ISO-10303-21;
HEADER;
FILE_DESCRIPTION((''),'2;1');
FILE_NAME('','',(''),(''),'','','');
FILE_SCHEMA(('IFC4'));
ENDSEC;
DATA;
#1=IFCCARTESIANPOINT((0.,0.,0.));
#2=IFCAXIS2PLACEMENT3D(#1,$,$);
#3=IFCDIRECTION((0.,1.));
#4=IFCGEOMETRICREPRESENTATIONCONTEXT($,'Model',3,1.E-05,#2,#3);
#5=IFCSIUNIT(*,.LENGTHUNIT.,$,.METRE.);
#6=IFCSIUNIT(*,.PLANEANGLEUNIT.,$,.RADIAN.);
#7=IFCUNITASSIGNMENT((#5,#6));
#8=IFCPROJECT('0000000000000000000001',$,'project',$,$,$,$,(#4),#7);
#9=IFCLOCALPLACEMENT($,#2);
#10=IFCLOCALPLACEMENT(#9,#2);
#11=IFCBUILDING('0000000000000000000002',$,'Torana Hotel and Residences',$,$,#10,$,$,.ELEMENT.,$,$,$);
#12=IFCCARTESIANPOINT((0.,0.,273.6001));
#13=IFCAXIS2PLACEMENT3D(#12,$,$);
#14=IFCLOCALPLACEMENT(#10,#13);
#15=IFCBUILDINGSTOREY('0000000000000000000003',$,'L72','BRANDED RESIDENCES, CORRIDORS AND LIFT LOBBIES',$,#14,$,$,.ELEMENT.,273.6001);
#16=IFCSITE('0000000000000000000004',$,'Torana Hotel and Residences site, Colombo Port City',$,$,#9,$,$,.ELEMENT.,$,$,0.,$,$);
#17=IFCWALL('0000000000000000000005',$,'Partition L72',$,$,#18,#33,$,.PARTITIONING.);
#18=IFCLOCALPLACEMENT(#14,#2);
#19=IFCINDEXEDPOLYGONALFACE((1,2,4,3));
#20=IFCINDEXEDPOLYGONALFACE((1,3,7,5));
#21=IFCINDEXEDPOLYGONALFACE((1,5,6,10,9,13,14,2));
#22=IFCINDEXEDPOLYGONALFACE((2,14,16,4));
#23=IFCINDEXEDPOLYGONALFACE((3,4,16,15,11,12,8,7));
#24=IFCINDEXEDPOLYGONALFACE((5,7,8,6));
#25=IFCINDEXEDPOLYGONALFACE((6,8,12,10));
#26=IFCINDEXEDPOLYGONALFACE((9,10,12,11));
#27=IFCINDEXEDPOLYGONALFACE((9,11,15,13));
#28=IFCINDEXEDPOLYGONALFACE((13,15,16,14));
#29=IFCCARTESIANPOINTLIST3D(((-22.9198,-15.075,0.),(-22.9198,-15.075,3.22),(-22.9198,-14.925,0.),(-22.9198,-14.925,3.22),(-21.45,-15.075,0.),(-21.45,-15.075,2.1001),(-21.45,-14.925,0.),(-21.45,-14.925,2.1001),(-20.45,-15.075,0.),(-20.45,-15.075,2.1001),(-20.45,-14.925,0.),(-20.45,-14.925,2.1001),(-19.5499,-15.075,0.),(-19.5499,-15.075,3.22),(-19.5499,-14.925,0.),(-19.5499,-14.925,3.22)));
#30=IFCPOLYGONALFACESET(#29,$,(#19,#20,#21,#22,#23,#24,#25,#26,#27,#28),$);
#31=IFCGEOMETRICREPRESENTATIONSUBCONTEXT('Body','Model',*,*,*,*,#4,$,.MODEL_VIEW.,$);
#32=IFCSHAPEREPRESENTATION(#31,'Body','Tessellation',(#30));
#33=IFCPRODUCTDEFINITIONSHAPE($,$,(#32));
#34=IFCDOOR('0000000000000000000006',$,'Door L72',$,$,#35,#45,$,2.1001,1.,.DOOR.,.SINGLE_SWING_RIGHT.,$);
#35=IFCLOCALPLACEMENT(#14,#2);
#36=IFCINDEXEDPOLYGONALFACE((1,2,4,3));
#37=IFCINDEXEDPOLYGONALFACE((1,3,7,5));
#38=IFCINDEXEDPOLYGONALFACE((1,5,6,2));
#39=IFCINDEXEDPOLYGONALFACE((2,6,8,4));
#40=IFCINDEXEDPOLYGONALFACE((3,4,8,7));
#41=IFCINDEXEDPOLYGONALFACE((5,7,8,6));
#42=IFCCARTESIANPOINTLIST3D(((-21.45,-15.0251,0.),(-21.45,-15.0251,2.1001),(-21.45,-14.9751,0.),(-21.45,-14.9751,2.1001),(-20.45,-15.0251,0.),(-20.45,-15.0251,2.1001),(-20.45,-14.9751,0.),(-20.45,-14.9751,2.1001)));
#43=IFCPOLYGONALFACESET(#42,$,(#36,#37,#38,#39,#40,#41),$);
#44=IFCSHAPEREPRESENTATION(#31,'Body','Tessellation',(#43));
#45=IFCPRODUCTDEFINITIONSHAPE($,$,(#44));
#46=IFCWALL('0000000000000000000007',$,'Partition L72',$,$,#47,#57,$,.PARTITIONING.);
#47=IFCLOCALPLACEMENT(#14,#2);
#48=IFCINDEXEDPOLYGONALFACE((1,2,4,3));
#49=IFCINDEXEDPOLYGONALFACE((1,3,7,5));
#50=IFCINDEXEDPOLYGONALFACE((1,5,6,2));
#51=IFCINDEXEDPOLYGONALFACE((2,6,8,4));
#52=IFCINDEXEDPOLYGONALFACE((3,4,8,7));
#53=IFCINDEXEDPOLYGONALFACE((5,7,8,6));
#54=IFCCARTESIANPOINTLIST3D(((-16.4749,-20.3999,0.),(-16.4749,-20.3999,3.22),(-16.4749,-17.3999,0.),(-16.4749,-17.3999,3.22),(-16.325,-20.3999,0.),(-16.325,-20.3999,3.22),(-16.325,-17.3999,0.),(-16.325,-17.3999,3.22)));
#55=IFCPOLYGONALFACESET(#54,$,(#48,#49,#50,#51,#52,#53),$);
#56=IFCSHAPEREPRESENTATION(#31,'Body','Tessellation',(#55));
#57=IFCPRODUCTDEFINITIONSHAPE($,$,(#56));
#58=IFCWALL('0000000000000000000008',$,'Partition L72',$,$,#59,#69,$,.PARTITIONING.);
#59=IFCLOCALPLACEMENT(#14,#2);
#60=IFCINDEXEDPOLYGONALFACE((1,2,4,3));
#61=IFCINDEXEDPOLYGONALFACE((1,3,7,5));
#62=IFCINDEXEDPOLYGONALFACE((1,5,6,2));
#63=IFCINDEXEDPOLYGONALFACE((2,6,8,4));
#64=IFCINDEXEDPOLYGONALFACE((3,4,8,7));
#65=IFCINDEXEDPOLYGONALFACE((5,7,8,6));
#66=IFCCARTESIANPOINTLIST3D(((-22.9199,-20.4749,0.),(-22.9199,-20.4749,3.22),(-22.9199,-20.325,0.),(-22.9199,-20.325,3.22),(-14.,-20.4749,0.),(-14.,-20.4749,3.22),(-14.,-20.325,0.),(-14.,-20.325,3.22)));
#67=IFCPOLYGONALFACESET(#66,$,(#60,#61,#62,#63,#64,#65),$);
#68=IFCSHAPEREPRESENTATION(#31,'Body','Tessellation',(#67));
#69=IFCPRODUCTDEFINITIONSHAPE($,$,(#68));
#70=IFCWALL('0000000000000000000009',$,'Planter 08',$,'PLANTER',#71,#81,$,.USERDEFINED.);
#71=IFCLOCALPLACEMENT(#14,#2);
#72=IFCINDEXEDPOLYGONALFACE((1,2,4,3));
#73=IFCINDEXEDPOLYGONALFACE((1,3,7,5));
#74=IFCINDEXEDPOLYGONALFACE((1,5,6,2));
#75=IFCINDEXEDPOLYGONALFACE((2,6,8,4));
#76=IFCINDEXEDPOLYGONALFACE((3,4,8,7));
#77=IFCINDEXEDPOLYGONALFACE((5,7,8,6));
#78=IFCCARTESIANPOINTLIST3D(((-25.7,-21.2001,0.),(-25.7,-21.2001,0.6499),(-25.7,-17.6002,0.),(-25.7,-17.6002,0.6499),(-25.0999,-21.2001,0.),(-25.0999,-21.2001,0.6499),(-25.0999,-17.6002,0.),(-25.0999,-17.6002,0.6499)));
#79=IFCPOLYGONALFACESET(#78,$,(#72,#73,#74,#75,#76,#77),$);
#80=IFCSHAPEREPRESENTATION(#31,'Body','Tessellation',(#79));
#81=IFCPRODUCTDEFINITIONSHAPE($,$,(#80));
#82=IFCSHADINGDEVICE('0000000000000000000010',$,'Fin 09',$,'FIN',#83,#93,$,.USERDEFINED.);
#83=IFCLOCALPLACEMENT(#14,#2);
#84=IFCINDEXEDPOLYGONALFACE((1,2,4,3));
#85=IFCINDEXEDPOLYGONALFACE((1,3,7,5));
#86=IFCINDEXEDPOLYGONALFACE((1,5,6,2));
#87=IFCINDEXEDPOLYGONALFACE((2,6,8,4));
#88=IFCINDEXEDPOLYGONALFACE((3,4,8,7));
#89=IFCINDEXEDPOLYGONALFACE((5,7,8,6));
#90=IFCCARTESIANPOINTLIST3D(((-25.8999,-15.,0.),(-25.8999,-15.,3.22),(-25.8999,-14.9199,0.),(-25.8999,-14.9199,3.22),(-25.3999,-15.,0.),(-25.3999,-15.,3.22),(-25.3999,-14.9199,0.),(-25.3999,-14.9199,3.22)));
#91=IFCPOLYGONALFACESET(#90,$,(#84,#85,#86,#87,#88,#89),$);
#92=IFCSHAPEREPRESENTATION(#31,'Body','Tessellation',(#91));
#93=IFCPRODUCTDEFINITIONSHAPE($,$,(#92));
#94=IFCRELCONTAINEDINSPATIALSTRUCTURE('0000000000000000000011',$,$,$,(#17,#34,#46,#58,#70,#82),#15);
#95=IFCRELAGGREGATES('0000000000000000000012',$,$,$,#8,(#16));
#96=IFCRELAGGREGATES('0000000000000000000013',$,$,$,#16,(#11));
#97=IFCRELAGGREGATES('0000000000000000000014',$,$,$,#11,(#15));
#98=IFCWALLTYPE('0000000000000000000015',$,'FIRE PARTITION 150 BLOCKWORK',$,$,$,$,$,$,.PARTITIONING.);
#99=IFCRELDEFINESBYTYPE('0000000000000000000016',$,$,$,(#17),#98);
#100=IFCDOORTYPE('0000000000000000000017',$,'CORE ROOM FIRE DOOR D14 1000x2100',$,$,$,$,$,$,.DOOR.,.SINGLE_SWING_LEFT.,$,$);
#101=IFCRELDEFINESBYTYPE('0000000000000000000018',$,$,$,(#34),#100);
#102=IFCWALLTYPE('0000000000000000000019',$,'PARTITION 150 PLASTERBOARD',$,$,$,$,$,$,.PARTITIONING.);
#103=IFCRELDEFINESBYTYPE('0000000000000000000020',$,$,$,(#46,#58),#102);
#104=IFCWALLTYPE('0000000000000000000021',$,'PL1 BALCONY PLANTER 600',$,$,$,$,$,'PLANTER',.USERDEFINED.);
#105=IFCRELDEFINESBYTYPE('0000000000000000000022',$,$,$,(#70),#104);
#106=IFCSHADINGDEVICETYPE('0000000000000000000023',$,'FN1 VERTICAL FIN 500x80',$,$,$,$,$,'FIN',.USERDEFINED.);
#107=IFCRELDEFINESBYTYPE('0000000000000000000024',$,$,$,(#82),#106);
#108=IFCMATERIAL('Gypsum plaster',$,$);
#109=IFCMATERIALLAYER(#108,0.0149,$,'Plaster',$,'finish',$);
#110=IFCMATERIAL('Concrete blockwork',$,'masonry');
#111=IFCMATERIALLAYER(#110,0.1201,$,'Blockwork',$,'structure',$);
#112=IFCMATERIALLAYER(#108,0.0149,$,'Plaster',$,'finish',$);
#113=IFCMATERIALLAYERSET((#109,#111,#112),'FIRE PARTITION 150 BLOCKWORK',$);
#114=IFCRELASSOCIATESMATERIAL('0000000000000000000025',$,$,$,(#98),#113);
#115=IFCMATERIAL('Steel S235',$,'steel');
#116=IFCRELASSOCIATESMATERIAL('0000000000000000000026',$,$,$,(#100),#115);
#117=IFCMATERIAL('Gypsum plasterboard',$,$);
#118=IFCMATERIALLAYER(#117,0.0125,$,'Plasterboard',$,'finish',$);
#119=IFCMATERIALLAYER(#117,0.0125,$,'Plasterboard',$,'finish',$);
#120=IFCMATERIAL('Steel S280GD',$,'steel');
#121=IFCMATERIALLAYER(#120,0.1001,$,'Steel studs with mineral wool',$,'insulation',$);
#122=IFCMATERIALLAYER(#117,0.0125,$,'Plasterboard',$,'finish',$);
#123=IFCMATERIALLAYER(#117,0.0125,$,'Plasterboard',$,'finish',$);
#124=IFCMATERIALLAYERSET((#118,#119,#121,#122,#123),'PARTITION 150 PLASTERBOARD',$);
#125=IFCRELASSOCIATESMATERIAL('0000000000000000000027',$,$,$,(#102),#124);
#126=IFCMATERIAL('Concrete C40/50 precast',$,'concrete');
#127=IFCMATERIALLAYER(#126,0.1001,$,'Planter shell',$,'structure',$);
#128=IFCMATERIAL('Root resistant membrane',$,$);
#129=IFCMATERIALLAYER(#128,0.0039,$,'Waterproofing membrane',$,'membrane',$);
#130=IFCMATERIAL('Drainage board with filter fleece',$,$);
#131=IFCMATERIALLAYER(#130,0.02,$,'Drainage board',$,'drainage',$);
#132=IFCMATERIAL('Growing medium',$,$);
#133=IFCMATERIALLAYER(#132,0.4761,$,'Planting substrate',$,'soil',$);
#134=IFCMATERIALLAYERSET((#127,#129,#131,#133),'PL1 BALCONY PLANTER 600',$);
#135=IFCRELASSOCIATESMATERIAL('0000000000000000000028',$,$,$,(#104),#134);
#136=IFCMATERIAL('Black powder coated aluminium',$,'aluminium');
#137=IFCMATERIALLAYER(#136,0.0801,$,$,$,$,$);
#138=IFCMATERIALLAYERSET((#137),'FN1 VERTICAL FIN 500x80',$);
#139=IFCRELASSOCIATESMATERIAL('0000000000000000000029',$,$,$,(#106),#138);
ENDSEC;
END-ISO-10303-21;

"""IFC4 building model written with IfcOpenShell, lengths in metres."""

from ifc_helpers import new_model, si_unit, direction, frame, frame_2d, origin, origin_2d, place, context, subcontext, project, spatial, rectangle, extrude, material, layer, layer_set, type_object, element, fill, save


model = new_model("IFC4")

# Units and contexts
model_context = context("Model", 3, precision=1e-05, world=origin(), true_north=direction((0.0, 1.0)))
body_context = subcontext(model_context, "Body", "Model", "MODEL_VIEW")
ifc_project = project(units=[si_unit("LENGTHUNIT", "METRE"), si_unit("PLANEANGLEUNIT", "RADIAN")], contexts=[model_context])

# Site, building, storey
site_placement = place(None, origin())
site = spatial("IfcSite", under=ifc_project, at=site_placement, Name="Torana Hotel and Residences site, Colombo Port City", CompositionType="ELEMENT", RefElevation=0.0)
building_placement = place(site_placement, origin())
building = spatial("IfcBuilding", under=site, at=building_placement, Name="Torana Hotel and Residences", CompositionType="ELEMENT")
storey_placement = place(building_placement, frame((0.0, 0.0, 273.6001)))
storey = spatial("IfcBuildingStorey", under=building, at=storey_placement, Name="L72", Description="BRANDED RESIDENCES, CORRIDORS AND LIFT LOBBIES", CompositionType="ELEMENT", Elevation=273.6001)

# Shared definitions
ifc_material_1 = material(Name="Gypsum plaster")
ifc_layer_1 = layer(ifc_material_1, 0.0149, Name="Plaster", Category="finish")
ifc_material_2 = material(Name="Concrete blockwork", Category="masonry")
ifc_layer_2 = layer(ifc_material_2, 0.1201, Name="Blockwork", Category="structure")
ifc_layer_3 = layer(ifc_material_1, 0.0149, Name="Plaster", Category="finish")
ifc_layer_set_1 = layer_set([ifc_layer_1, ifc_layer_2, ifc_layer_3], Name="FIRE PARTITION 150 BLOCKWORK")
wall_type_1 = type_object("IfcWallType", Name="FIRE PARTITION 150 BLOCKWORK", PredefinedType="PARTITIONING", material=ifc_layer_set_1)

# Wall, opening, door
wall_1_placement = place(storey_placement, frame((-22.9199, -15.0, 0.0), z_axis=(0.0, 0.0, 1.0), x_axis=(1.0, 0.0, 0.0)))
wall_1 = element("IfcWall", 1, at=wall_1_placement, inside=storey, type_object=wall_type_1, Name="Partition L72", PredefinedType="PARTITIONING", context=body_context, shape_type="SweptSolid", body=[
    extrude(rectangle(XDim=3.3699, YDim=0.1499, at=frame_2d((1.6851, 0.0))), origin(), (0.0, 0.0, 1.0), 3.22),
])
opening_1_placement = place(wall_1_placement, frame((1.47, 0.0, 0.0)))
opening_1 = element("IfcOpeningElement", 2, at=opening_1_placement, cuts=wall_1, PredefinedType="OPENING", context=body_context, shape_type="SweptSolid", body=[
    extrude(rectangle(XDim=1.0, YDim=2.1001, at=frame_2d((0.5, 1.05))), frame((0.0, 0.085, 0.0), z_axis=(0.0, -1.0, 0.0), x_axis=(1.0, 0.0, 0.0)), (0.0, 0.0, 1.0), 0.1699),
])
ifc_material_3 = material(Name="Steel S235", Category="steel")
door_type_1 = type_object("IfcDoorType", Name="CORE ROOM FIRE DOOR D14 1000x2100", OperationType="SINGLE_SWING_LEFT", PredefinedType="DOOR", material=ifc_material_3)
door_1_placement = place(opening_1_placement, origin())
door_1 = element("IfcDoor", 3, at=door_1_placement, inside=storey, type_object=door_type_1, Name="Door L72", OperationType="SINGLE_SWING_RIGHT", OverallHeight=2.1001, OverallWidth=1.0, PredefinedType="DOOR", context=body_context, shape_type="SweptSolid", body=[
    extrude(rectangle(XDim=1.0, YDim=2.1001, at=frame_2d((0.5, 1.05))), frame((0.0, 0.0249, 0.0), z_axis=(0.0, -1.0, 0.0), x_axis=(1.0, 0.0, 0.0)), (0.0, 0.0, 1.0), 0.05),
])
fill(opening_1, door_1)

# Walls
ifc_material_4 = material(Name="Gypsum plasterboard")
ifc_layer_4 = layer(ifc_material_4, 0.0125, Name="Plasterboard", Category="finish")
ifc_layer_5 = layer(ifc_material_4, 0.0125, Name="Plasterboard", Category="finish")
ifc_material_5 = material(Name="Steel S280GD", Category="steel")
ifc_layer_6 = layer(ifc_material_5, 0.1001, Name="Steel studs with mineral wool", Category="insulation")
ifc_layer_7 = layer(ifc_material_4, 0.0125, Name="Plasterboard", Category="finish")
ifc_layer_8 = layer(ifc_material_4, 0.0125, Name="Plasterboard", Category="finish")
ifc_layer_set_2 = layer_set([ifc_layer_4, ifc_layer_5, ifc_layer_6, ifc_layer_7, ifc_layer_8], Name="PARTITION 150 PLASTERBOARD")
wall_type_2 = type_object("IfcWallType", Name="PARTITION 150 PLASTERBOARD", PredefinedType="PARTITIONING", material=ifc_layer_set_2)
wall_2_placement = place(storey_placement, frame((-16.3999, -20.3999, 0.0), z_axis=(0.0, 0.0, 1.0), x_axis=(0.0, 1.0, 0.0)))
element("IfcWall", 4, at=wall_2_placement, inside=storey, type_object=wall_type_2, Name="Partition L72", PredefinedType="PARTITIONING", context=body_context, shape_type="SweptSolid", body=[
    extrude(rectangle(XDim=3.0, YDim=0.1499, at=frame_2d((1.5, 0.0))), origin(), (0.0, 0.0, 1.0), 3.22),
])
wall_3_placement = place(storey_placement, frame((-22.9199, -20.3999, 0.0), z_axis=(0.0, 0.0, 1.0), x_axis=(1.0, 0.0, 0.0)))
element("IfcWall", 5, at=wall_3_placement, inside=storey, type_object=wall_type_2, Name="Partition L72", PredefinedType="PARTITIONING", context=body_context, shape_type="SweptSolid", body=[
    extrude(rectangle(XDim=8.9199, YDim=0.1499, at=frame_2d((4.46, 0.0))), origin(), (0.0, 0.0, 1.0), 3.22),
])
ifc_material_6 = material(Name="Concrete C40/50 precast", Category="concrete")
ifc_layer_9 = layer(ifc_material_6, 0.1001, Name="Planter shell", Category="structure")
ifc_material_7 = material(Name="Root resistant membrane")
ifc_layer_10 = layer(ifc_material_7, 0.0039, Name="Waterproofing membrane", Category="membrane")
ifc_material_8 = material(Name="Drainage board with filter fleece")
ifc_layer_11 = layer(ifc_material_8, 0.02, Name="Drainage board", Category="drainage")
ifc_material_9 = material(Name="Growing medium")
ifc_layer_12 = layer(ifc_material_9, 0.4761, Name="Planting substrate", Category="soil")
ifc_layer_set_3 = layer_set([ifc_layer_9, ifc_layer_10, ifc_layer_11, ifc_layer_12], Name="PL1 BALCONY PLANTER 600")
wall_type_3 = type_object("IfcWallType", Name="PL1 BALCONY PLANTER 600", ElementType="PLANTER", PredefinedType="USERDEFINED", material=ifc_layer_set_3)
wall_4_placement = place(storey_placement, frame((-25.3999, -21.2, 0.0), z_axis=(0.0, 0.0, 1.0), x_axis=(0.0, 1.0, 0.0)))
element("IfcWall", 6, at=wall_4_placement, inside=storey, type_object=wall_type_3, Name="Planter 08", ObjectType="PLANTER", PredefinedType="USERDEFINED", context=body_context, shape_type="SweptSolid", body=[
    extrude(rectangle(XDim=3.5999, YDim=0.6001, at=frame_2d((1.7998, 0.0))), origin(), (0.0, 0.0, 1.0), 0.6499),
])

# Shading device
ifc_material_10 = material(Name="Black powder coated aluminium", Category="aluminium")
ifc_layer_13 = layer(ifc_material_10, 0.0801)
ifc_layer_set_4 = layer_set([ifc_layer_13], Name="FN1 VERTICAL FIN 500x80")
shading_device_type = type_object("IfcShadingDeviceType", Name="FN1 VERTICAL FIN 500x80", ElementType="FIN", PredefinedType="USERDEFINED", material=ifc_layer_set_4)
shading_device_placement = place(storey_placement, frame((-25.6499, -14.96, 0.0), z_axis=(0.0, 0.0, 1.0), x_axis=(0.0, 1.0, 0.0)))
element("IfcShadingDevice", 7, at=shading_device_placement, inside=storey, type_object=shading_device_type, Name="Fin 09", ObjectType="FIN", PredefinedType="USERDEFINED", context=body_context, shape_type="SweptSolid", body=[
    extrude(rectangle(XDim=0.0801, YDim=0.5, at=origin_2d()), origin(), (0.0, 0.0, 1.0), 3.22),
])

save(model, "model.ifc")
